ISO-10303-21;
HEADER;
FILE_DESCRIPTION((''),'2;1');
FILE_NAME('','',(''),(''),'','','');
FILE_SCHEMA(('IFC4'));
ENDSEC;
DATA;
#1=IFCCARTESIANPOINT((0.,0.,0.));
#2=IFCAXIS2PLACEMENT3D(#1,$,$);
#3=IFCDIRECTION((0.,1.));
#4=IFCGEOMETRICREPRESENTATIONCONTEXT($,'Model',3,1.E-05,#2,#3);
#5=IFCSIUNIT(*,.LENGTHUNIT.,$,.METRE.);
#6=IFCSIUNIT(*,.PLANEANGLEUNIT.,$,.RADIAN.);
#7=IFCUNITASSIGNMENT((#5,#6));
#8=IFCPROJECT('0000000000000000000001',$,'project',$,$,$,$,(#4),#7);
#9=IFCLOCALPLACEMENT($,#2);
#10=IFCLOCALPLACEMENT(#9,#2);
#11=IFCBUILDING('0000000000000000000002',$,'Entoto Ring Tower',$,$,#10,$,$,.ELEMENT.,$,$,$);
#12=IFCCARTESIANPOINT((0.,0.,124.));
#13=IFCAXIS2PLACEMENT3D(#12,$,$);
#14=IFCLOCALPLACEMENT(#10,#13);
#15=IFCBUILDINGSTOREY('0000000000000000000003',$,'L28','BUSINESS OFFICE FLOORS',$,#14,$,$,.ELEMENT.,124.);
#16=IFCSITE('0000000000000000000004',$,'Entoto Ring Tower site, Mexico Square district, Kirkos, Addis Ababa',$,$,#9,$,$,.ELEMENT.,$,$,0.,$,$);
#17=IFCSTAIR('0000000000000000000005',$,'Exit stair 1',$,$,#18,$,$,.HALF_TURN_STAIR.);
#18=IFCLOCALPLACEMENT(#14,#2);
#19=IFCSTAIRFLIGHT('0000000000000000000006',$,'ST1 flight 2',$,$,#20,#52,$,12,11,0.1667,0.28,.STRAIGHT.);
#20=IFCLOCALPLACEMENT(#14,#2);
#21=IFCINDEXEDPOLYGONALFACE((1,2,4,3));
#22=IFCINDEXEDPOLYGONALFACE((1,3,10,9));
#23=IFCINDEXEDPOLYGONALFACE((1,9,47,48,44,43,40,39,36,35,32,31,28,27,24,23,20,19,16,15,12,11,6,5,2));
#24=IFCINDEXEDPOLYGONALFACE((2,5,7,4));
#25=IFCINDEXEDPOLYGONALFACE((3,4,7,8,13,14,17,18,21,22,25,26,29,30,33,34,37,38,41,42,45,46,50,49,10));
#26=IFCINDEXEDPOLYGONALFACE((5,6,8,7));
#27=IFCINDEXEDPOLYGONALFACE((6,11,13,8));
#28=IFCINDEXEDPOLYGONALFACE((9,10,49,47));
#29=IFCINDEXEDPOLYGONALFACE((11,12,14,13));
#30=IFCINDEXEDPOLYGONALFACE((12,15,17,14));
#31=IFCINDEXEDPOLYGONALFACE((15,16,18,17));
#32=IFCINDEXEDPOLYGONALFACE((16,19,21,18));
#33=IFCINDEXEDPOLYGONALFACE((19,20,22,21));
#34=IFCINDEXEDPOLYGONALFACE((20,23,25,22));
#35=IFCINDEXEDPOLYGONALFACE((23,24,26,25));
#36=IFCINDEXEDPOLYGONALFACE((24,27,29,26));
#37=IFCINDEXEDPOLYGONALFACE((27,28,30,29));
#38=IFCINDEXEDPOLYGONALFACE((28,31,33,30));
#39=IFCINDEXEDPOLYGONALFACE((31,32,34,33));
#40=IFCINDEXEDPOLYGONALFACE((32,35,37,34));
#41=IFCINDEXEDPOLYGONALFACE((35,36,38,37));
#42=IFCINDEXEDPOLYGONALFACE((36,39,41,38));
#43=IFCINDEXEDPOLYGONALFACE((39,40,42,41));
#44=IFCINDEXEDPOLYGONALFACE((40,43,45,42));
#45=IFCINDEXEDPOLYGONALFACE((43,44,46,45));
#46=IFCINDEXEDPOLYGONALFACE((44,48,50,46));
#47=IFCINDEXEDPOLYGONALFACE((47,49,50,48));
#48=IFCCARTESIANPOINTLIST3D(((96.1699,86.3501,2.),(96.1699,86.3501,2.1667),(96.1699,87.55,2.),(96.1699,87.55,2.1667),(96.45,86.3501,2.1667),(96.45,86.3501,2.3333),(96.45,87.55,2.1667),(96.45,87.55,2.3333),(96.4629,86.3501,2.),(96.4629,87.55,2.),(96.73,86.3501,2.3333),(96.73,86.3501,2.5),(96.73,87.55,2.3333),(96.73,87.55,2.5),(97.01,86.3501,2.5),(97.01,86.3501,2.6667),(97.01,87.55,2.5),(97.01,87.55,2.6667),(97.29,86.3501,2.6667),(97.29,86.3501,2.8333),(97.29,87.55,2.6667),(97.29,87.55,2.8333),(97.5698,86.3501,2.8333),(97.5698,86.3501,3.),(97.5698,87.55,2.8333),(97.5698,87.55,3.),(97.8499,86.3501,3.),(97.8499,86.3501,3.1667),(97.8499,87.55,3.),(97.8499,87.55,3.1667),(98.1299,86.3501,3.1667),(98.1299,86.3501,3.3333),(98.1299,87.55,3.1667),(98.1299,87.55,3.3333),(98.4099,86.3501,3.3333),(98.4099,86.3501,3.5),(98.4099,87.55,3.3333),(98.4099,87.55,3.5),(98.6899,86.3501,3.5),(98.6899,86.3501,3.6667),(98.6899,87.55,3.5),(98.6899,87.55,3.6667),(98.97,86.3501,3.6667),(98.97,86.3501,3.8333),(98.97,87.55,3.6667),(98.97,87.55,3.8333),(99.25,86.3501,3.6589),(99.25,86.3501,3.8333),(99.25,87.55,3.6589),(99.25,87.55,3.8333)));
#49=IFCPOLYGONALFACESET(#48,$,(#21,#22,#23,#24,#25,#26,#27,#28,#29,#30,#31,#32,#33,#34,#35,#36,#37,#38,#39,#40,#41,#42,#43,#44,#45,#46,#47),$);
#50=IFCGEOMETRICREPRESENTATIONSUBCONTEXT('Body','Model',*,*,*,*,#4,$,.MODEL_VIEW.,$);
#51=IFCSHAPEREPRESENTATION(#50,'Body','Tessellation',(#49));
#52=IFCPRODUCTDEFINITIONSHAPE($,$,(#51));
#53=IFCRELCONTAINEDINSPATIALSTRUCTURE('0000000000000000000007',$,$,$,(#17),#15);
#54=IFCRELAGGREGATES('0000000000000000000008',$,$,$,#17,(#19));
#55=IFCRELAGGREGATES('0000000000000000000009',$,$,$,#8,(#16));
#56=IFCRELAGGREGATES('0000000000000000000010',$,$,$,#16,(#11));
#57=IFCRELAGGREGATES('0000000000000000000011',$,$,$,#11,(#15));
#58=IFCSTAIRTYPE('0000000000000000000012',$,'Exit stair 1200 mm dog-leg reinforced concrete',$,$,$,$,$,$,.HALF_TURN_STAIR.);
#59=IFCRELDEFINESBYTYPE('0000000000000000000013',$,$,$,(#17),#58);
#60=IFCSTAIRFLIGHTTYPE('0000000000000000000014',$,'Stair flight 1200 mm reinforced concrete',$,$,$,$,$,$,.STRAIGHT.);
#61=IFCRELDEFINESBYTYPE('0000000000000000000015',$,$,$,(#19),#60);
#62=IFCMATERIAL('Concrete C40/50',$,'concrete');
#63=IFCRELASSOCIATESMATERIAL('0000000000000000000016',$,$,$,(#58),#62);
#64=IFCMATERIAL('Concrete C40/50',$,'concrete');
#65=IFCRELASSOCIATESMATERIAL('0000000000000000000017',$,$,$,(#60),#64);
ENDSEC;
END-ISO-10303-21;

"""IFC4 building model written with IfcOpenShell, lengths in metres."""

from ifc_helpers import new_model, si_unit, direction, frame, origin, place, context, subcontext, project, spatial, polyline, outline, extrude, material, type_object, element, aggregate, save


model = new_model("IFC4")

# Units and contexts
model_context = context("Model", 3, precision=1e-05, world=origin(), true_north=direction((0.0, 1.0)))
body_context = subcontext(model_context, "Body", "Model", "MODEL_VIEW")
ifc_project = project(units=[si_unit("LENGTHUNIT", "METRE"), si_unit("PLANEANGLEUNIT", "RADIAN")], contexts=[model_context])

# Site, building, storey
site_placement = place(None, origin())
site = spatial("IfcSite", under=ifc_project, at=site_placement, Name="Entoto Ring Tower site, Mexico Square district, Kirkos, Addis Ababa", CompositionType="ELEMENT", RefElevation=0.0)
building_placement = place(site_placement, origin())
building = spatial("IfcBuilding", under=site, at=building_placement, Name="Entoto Ring Tower", CompositionType="ELEMENT")
storey_placement = place(building_placement, frame((0.0, 0.0, 124.0)))
storey = spatial("IfcBuildingStorey", under=building, at=storey_placement, Name="L28", Description="BUSINESS OFFICE FLOORS", CompositionType="ELEMENT", Elevation=124.0)

# Stair, stair flight
ifc_material_1 = material(Name="Concrete C40/50", Category="concrete")
stair_type = type_object("IfcStairType", Name="Exit stair 1200 mm dog-leg reinforced concrete", PredefinedType="HALF_TURN_STAIR", material=ifc_material_1)
stair_placement = place(storey_placement, origin())
stair = element("IfcStair", 1, at=stair_placement, inside=storey, type_object=stair_type, Name="Exit stair 1", PredefinedType="HALF_TURN_STAIR")
ifc_material_2 = material(Name="Concrete C40/50", Category="concrete")
stair_flight_type = type_object("IfcStairFlightType", Name="Stair flight 1200 mm reinforced concrete", PredefinedType="STRAIGHT", material=ifc_material_2)
stair_flight_placement = place(storey_placement, frame((96.1699, 86.95, 2.0), z_axis=(0.0, 0.0, 1.0), x_axis=(1.0, 0.0, 0.0)))
stair_flight = element("IfcStairFlight", 2, at=stair_flight_placement, type_object=stair_flight_type, Name="ST1 flight 2", NumberOfRisers=12, NumberOfTreads=11, PredefinedType="STRAIGHT", RiserHeight=0.1667, TreadLength=0.28, context=body_context, shape_type="SweptSolid", body=[
    extrude(outline(polyline([(0.0, 0.0), (0.0, 0.1667), (0.28, 0.1667), (0.28, 0.3333), (0.5601, 0.3333), (0.5601, 0.5), (0.8401, 0.5), (0.8401, 0.6667), (1.1201, 0.6667), (1.1201, 0.8333), (1.3999, 0.8333), (1.3999, 1.0), (1.6799, 1.0), (1.6799, 1.1667), (1.96, 1.1667), (1.96, 1.3333), (2.24, 1.3333), (2.24, 1.5), (2.52, 1.5), (2.52, 1.6667), (2.8, 1.6667), (2.8, 1.8333), (3.0801, 1.8333), (3.0801, 2.0), (3.0801, 1.6589), (0.293, 0.0), (0.0, 0.0)])), frame((0.0, 0.6001, 0.0), z_axis=(0.0, -1.0, 0.0), x_axis=(1.0, 0.0, 0.0)), (0.0, 0.0, 1.0), 1.2),
])
aggregate(stair, [stair_flight])

save(model, "model.ifc")
